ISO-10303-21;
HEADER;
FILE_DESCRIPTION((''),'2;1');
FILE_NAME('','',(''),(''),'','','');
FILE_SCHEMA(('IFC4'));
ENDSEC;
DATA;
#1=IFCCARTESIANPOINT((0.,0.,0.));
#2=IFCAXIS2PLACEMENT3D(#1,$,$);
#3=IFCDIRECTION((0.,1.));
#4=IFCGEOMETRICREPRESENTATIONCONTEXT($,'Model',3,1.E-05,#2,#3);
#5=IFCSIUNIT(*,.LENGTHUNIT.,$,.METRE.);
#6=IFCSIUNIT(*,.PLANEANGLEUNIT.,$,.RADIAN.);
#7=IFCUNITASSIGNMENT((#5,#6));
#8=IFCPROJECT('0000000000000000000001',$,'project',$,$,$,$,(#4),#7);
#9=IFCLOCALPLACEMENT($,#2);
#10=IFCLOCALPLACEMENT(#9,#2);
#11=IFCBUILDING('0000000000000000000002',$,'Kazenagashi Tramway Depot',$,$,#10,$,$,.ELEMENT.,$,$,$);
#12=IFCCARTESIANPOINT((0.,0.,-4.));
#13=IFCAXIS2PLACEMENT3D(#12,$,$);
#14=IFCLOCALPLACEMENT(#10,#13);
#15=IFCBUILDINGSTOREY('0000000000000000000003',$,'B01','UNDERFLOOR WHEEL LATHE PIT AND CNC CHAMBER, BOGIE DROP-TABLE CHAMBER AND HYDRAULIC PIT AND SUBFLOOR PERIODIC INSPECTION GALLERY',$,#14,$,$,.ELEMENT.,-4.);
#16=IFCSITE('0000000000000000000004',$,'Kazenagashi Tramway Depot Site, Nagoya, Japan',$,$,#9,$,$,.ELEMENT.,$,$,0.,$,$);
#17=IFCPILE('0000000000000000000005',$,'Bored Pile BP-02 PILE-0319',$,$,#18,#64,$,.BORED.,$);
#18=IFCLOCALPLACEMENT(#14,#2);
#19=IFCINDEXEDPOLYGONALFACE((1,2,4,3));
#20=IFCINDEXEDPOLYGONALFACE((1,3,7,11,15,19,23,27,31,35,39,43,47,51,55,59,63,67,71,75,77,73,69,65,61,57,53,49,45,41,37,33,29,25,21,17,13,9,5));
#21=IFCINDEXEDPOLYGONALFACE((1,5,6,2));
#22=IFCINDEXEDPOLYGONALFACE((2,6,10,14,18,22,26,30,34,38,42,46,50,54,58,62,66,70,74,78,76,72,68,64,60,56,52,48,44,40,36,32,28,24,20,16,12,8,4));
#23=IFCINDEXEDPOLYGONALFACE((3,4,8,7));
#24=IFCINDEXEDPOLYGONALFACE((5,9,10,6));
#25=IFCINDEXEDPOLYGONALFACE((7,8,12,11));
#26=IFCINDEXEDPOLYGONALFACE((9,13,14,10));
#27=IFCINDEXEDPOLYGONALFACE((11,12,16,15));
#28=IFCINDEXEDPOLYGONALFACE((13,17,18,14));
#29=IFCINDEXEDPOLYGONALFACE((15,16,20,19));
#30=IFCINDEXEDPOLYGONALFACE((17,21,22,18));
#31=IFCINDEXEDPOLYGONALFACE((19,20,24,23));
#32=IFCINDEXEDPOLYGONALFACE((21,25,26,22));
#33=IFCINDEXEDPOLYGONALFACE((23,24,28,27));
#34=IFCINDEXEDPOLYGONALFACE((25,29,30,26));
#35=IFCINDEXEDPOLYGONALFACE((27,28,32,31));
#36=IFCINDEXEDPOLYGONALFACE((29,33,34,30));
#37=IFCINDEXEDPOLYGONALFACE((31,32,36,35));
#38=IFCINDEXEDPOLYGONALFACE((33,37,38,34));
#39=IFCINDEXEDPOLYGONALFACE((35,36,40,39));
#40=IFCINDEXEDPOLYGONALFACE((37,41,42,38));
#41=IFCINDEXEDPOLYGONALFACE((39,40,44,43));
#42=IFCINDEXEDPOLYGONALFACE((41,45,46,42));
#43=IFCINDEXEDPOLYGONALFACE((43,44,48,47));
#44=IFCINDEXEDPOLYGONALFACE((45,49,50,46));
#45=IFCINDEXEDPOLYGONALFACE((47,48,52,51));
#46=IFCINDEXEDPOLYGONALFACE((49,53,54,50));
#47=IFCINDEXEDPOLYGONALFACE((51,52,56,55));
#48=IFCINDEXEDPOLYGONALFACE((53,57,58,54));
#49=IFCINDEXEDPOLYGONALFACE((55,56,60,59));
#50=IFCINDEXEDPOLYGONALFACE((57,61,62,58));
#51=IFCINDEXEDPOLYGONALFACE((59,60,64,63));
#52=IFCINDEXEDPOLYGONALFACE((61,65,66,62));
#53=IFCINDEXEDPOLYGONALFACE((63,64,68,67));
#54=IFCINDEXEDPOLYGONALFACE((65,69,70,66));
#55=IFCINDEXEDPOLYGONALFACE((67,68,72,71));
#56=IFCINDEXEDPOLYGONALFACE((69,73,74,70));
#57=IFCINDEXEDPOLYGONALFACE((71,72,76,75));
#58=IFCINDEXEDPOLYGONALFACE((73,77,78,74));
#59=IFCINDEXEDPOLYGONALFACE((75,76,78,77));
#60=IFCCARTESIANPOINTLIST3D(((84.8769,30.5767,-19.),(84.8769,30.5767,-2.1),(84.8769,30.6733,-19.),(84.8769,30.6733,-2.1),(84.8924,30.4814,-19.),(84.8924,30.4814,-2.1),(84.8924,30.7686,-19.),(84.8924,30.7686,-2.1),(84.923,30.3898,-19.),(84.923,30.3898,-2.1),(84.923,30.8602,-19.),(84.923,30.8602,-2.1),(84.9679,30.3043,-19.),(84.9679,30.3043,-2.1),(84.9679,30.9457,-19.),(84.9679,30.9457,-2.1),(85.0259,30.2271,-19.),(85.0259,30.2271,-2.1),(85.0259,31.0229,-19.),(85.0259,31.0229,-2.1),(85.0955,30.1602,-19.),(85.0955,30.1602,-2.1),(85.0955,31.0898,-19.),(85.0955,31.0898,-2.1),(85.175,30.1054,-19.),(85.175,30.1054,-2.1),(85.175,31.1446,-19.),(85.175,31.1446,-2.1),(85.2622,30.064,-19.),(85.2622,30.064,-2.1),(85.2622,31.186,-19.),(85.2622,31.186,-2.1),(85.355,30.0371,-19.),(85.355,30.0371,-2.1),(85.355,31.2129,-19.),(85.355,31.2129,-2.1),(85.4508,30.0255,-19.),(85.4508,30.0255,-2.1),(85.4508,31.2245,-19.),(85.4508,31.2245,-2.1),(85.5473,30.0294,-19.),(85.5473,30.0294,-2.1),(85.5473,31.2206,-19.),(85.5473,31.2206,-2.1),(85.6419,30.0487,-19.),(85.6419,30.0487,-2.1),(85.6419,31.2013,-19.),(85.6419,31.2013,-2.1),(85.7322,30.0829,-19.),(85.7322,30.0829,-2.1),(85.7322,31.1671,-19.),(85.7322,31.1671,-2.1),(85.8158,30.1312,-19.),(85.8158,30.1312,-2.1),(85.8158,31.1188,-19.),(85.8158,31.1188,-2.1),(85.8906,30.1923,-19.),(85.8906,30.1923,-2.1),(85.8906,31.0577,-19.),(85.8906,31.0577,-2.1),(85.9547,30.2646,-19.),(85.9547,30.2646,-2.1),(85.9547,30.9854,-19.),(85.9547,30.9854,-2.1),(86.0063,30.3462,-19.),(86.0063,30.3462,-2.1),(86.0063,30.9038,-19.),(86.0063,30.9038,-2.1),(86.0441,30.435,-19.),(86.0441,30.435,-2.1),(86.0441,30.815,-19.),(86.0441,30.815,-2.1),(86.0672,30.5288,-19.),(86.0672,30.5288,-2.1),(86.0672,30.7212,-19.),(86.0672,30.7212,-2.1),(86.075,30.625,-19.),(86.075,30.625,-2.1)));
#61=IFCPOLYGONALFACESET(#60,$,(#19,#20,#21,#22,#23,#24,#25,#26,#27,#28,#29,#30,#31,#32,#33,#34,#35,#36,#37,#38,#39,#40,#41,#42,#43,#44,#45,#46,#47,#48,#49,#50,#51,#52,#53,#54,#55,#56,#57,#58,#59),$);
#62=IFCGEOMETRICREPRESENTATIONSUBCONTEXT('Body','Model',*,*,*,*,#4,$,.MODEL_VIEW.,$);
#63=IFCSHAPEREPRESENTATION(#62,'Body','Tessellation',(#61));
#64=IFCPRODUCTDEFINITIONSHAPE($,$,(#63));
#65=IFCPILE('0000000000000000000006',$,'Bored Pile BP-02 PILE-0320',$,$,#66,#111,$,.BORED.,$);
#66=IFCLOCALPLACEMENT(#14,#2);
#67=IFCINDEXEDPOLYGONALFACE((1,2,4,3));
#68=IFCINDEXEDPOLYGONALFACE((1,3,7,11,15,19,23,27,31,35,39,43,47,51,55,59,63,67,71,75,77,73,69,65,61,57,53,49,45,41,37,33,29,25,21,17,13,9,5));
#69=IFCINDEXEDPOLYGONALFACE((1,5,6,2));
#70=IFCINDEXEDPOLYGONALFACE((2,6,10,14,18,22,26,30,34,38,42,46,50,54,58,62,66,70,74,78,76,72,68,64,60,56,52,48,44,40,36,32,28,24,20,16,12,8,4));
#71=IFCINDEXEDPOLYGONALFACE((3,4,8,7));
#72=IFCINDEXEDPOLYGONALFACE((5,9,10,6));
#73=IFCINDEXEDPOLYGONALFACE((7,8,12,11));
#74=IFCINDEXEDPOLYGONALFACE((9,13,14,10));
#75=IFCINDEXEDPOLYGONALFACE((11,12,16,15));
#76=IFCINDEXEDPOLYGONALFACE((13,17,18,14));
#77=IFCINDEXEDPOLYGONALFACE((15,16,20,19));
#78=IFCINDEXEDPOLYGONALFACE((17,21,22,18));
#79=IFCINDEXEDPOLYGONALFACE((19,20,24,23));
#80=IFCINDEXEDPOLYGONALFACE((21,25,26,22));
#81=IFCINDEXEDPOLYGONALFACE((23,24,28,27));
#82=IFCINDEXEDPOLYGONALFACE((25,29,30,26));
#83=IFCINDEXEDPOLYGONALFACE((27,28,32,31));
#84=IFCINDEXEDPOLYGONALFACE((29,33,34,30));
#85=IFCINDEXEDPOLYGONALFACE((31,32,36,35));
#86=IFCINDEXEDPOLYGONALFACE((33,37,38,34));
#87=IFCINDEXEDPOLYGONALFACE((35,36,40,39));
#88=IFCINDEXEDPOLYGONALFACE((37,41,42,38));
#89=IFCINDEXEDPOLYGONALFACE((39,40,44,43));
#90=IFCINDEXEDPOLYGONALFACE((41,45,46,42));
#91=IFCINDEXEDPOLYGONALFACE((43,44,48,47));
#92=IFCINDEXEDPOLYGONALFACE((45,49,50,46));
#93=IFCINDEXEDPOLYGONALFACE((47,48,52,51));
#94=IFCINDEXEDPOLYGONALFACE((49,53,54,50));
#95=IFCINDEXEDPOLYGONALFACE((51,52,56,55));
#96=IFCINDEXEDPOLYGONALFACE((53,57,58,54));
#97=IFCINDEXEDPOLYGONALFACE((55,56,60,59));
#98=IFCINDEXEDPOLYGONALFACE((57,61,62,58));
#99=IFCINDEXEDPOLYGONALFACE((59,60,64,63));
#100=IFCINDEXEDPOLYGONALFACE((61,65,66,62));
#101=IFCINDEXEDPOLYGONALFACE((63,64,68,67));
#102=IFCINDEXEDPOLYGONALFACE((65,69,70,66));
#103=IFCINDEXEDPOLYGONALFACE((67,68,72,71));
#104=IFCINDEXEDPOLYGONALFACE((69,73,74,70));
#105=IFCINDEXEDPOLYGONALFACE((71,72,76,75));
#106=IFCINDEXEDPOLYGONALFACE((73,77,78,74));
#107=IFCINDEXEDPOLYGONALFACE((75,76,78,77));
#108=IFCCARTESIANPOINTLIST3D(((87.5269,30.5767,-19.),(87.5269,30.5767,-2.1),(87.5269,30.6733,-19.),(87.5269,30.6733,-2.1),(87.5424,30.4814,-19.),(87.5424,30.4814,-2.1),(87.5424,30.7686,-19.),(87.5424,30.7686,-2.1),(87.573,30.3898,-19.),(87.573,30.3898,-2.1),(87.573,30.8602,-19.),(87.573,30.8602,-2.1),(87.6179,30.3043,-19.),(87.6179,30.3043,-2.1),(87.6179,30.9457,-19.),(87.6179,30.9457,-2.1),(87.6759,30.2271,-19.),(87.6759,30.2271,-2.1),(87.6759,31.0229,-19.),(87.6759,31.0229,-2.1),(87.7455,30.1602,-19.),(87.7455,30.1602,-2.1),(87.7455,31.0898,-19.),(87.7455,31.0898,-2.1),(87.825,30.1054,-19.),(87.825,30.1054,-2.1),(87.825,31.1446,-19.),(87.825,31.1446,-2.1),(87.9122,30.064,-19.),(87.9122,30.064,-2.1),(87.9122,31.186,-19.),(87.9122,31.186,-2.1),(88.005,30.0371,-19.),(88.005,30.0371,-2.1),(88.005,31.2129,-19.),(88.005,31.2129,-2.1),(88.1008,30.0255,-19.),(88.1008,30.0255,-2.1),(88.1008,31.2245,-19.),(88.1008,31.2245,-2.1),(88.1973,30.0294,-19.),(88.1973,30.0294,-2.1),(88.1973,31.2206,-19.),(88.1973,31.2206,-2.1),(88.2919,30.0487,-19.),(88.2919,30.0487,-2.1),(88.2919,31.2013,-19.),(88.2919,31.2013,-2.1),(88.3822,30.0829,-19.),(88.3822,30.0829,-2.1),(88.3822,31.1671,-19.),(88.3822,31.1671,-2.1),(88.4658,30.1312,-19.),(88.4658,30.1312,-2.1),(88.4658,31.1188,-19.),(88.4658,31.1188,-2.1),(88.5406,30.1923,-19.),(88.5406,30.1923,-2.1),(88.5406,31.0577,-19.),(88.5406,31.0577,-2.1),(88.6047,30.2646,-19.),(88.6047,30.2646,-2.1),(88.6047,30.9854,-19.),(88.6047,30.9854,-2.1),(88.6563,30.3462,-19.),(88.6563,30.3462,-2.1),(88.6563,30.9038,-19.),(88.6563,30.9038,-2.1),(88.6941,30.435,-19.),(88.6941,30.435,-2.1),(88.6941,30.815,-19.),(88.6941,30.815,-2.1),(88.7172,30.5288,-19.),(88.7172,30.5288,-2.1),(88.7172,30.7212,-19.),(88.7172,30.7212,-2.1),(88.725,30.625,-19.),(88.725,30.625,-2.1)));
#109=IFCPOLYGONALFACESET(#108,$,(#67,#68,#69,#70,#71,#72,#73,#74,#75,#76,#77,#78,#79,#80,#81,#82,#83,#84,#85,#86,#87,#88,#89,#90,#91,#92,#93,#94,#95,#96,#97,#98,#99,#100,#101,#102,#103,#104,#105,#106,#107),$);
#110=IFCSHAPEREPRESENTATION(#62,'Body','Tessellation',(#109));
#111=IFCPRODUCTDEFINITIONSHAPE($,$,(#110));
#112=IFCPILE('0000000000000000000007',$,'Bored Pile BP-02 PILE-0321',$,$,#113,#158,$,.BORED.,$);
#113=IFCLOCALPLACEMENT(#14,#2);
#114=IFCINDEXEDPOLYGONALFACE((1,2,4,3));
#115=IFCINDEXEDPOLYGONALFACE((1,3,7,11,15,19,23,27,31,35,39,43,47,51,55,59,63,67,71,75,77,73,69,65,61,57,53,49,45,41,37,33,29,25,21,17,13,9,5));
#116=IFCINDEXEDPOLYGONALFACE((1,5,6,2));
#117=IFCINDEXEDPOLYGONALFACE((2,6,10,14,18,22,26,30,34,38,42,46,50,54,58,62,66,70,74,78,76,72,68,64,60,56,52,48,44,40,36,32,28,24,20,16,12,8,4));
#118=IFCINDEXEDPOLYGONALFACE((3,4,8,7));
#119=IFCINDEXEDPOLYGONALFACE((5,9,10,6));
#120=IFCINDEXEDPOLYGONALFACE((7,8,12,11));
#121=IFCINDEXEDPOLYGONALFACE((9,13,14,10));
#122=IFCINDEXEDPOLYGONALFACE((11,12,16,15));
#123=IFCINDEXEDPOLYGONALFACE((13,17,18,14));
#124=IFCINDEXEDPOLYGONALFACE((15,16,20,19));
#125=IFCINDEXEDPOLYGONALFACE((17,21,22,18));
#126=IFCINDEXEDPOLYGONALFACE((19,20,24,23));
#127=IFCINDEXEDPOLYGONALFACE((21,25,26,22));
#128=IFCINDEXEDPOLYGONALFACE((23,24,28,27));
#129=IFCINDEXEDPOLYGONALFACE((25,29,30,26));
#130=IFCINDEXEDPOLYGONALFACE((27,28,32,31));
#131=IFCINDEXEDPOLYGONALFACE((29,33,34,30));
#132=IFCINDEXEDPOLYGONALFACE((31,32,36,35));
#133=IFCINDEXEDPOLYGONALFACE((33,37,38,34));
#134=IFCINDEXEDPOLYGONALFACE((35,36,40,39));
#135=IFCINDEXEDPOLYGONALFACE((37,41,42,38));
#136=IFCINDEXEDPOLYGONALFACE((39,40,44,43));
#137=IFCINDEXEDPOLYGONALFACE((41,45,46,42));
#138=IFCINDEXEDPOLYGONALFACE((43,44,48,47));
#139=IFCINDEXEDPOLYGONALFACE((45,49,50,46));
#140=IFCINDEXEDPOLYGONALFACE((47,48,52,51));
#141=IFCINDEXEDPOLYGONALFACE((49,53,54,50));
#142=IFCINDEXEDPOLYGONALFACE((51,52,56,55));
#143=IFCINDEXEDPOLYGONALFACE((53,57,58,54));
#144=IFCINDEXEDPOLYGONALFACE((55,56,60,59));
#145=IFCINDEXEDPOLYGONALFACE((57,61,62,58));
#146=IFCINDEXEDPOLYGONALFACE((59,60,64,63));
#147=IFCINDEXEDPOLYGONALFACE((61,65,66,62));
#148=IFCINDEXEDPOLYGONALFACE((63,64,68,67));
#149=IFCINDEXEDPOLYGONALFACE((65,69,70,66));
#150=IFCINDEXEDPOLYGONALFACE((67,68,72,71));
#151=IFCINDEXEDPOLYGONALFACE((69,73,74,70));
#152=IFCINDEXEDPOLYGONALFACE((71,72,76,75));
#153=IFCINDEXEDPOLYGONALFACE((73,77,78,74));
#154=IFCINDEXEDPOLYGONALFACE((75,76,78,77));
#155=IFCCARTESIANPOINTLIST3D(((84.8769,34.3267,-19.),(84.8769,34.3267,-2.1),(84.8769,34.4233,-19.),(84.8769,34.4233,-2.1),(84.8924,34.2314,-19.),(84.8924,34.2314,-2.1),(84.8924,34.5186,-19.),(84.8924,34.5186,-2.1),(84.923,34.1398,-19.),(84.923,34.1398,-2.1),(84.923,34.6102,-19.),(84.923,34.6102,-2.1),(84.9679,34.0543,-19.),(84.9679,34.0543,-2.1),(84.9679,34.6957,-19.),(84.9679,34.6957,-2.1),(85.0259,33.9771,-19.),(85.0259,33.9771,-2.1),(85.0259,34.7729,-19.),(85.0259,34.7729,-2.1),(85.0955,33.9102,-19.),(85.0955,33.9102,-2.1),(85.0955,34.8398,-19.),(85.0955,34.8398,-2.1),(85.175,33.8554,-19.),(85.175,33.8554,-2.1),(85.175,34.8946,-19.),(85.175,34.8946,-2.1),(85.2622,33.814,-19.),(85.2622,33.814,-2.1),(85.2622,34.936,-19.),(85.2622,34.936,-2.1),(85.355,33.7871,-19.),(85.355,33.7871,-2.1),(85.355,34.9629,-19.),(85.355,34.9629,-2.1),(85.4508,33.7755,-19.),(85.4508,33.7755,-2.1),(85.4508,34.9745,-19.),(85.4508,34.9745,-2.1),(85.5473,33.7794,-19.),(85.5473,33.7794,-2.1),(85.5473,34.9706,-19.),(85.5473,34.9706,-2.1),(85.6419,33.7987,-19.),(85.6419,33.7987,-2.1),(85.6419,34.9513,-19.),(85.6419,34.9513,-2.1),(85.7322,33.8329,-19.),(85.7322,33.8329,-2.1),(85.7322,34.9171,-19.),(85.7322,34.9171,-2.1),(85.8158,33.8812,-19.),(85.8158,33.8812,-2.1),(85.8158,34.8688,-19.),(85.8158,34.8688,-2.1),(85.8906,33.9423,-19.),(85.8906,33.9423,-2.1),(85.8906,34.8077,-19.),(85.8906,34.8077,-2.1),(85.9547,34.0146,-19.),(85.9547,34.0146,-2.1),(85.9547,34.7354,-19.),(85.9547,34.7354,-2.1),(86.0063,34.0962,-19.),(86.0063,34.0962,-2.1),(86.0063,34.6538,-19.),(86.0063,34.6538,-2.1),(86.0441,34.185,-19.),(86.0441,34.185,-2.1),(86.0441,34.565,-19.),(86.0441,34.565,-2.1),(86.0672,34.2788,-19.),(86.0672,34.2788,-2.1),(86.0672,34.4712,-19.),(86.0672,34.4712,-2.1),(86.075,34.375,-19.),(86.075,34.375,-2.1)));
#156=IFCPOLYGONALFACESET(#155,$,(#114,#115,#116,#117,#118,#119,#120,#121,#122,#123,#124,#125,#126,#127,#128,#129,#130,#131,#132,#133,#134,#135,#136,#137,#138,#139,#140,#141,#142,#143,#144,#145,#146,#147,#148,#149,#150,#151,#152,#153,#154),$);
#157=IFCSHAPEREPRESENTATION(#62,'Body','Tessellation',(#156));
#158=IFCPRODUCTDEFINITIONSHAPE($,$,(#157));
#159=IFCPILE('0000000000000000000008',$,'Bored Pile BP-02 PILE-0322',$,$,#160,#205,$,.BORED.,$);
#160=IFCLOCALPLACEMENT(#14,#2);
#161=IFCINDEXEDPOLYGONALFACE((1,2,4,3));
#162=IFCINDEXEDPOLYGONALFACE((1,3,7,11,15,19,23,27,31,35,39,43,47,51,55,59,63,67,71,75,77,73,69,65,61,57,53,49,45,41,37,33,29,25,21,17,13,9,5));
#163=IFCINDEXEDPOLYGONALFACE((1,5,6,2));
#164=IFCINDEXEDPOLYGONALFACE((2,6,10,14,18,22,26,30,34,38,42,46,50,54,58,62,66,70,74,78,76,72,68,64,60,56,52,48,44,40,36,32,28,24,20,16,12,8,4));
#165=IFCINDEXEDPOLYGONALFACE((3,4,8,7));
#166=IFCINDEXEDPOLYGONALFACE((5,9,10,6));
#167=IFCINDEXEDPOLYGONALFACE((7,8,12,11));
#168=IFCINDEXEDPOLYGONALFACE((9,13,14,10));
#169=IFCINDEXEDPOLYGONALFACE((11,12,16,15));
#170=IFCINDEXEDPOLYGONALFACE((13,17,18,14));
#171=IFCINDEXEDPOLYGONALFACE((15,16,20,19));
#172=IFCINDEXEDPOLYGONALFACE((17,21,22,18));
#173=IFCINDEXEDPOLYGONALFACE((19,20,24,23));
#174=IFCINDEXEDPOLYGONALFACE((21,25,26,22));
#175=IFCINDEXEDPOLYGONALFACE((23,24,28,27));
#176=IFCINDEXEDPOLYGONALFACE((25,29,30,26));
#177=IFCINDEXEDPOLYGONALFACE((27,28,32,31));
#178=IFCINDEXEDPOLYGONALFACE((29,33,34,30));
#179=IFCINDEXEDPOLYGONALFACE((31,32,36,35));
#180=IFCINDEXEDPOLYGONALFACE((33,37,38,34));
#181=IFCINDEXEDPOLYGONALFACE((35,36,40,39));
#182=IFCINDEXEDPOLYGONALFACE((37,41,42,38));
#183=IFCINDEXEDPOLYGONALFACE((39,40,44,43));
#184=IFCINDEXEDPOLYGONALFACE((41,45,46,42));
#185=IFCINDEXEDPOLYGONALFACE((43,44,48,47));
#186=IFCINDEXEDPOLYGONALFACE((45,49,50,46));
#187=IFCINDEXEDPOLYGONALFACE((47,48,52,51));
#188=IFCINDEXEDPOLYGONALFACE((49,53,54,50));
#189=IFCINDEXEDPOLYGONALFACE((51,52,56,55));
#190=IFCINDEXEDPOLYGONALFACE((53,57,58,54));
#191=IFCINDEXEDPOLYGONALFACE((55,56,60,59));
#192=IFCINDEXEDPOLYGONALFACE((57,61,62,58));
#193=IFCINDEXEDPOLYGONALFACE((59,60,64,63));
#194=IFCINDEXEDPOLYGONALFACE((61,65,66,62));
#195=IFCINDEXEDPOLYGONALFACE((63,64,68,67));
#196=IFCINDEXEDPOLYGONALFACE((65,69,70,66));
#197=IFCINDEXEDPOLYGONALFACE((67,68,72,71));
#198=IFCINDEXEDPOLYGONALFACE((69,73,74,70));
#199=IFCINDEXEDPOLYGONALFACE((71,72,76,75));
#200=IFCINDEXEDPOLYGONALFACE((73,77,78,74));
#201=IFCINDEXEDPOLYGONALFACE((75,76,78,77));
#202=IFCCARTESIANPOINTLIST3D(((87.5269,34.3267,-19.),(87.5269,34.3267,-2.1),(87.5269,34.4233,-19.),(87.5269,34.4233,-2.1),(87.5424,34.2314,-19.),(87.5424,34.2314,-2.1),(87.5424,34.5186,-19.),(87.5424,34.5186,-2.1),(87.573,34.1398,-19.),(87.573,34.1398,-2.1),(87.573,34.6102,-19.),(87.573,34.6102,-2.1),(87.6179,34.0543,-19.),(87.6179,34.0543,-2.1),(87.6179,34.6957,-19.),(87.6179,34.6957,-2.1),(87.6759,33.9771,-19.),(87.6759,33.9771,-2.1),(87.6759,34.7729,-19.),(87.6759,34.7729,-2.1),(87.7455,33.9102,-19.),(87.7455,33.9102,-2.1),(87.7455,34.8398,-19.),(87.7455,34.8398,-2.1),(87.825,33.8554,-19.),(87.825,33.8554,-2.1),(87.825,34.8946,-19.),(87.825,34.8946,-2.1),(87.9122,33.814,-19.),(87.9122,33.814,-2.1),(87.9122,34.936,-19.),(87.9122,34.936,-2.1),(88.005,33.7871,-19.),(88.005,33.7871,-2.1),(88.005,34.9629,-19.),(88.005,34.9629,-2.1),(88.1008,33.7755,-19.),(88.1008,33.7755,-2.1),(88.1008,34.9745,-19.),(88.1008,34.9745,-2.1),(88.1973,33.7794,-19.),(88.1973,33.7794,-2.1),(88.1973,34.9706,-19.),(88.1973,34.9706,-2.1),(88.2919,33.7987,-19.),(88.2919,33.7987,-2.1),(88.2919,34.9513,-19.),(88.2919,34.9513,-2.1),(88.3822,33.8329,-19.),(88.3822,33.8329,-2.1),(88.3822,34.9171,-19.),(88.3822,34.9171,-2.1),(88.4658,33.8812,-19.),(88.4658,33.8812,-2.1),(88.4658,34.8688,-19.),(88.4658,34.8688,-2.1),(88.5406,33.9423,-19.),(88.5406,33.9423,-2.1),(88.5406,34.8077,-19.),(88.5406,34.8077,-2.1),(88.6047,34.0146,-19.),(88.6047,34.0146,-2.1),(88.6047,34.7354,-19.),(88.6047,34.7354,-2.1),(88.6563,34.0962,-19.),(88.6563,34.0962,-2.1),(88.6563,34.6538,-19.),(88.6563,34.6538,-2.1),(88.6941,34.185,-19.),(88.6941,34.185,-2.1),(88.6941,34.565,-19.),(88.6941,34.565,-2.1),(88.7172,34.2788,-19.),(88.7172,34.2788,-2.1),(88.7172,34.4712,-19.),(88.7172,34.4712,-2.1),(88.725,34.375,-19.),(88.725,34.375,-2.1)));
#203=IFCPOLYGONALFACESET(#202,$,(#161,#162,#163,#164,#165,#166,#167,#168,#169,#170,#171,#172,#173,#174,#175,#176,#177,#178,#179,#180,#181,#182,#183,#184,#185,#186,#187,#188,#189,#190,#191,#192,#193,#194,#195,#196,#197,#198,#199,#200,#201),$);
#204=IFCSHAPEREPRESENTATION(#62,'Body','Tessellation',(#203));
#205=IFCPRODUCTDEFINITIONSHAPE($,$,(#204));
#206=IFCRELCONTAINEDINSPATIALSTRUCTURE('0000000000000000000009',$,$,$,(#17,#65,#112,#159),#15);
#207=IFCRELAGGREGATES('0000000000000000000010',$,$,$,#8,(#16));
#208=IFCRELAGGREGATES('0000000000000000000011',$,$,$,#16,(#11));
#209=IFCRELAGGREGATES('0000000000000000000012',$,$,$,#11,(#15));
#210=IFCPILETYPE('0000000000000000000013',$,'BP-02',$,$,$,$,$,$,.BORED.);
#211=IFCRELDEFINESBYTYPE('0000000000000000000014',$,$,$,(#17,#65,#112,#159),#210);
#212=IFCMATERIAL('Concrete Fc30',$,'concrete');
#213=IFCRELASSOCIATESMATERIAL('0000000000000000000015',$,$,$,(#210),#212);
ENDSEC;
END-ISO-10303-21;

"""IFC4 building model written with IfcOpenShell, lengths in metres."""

from ifc_helpers import new_model, si_unit, direction, frame, origin, origin_2d, place, context, subcontext, project, spatial, circle, extrude, material, material_profile, profile_set, type_object, element, save


model = new_model("IFC4")

# Units and contexts
model_context = context("Model", 3, precision=1e-05, world=origin(), true_north=direction((0.0, 1.0)))
body_context = subcontext(model_context, "Body", "Model", "MODEL_VIEW")
ifc_project = project(units=[si_unit("LENGTHUNIT", "METRE"), si_unit("PLANEANGLEUNIT", "RADIAN")], contexts=[model_context])

# Site, building, storey
site_placement = place(None, origin())
site = spatial("IfcSite", under=ifc_project, at=site_placement, Name="Kazenagashi Tramway Depot Site, Nagoya, Japan", CompositionType="ELEMENT", RefElevation=0.0)
building_placement = place(site_placement, origin())
building = spatial("IfcBuilding", under=site, at=building_placement, Name="Kazenagashi Tramway Depot", CompositionType="ELEMENT")
storey_placement = place(building_placement, frame((0.0, 0.0, -4.0)))
storey = spatial("IfcBuildingStorey", under=building, at=storey_placement, Name="B01", Description="UNDERFLOOR WHEEL LATHE PIT AND CNC CHAMBER, BOGIE DROP-TABLE CHAMBER AND HYDRAULIC PIT AND SUBFLOOR PERIODIC INSPECTION GALLERY", CompositionType="ELEMENT", Elevation=-4.0)

# Piles
ifc_material_1 = material(Name="Concrete Fc30", Category="concrete")
ifc_material_profile_1 = material_profile(ifc_material_1, circle(Radius=0.6, at=origin_2d()), Name="PILE-1200")
ifc_profile_set_1 = profile_set([ifc_material_profile_1], Name="Concrete Fc30")
pile_type = type_object("IfcPileType", Name="BP-02", PredefinedType="BORED", material=ifc_profile_set_1)
for number, where, z_axis, x_axis, name in (
    (1, (85.475, 30.625, -2.1), (0.0, 0.0, -1.0), (1.0, 0.0, 0.0), "Bored Pile BP-02 PILE-0319"),
    (2, (88.125, 30.625, -2.1), (0.0, 0.0, -1.0), (1.0, 0.0, 0.0), "Bored Pile BP-02 PILE-0320"),
    (3, (85.475, 34.375, -2.1), (0.0, 0.0, -1.0), (1.0, 0.0, 0.0), "Bored Pile BP-02 PILE-0321"),
    (4, (88.125, 34.375, -2.1), (0.0, 0.0, -1.0), (1.0, 0.0, 0.0), "Bored Pile BP-02 PILE-0322"),
):
    element("IfcPile", number, at=place(storey_placement, frame(where, z_axis=z_axis, x_axis=x_axis)), inside=storey, type_object=pile_type, Name=name, PredefinedType="BORED", context=body_context, shape_type="SweptSolid", body=[
        extrude(circle(Radius=0.6, at=origin_2d()), origin(), (0.0, 0.0, 1.0), 16.9),
    ])

save(model, "model.ifc")
